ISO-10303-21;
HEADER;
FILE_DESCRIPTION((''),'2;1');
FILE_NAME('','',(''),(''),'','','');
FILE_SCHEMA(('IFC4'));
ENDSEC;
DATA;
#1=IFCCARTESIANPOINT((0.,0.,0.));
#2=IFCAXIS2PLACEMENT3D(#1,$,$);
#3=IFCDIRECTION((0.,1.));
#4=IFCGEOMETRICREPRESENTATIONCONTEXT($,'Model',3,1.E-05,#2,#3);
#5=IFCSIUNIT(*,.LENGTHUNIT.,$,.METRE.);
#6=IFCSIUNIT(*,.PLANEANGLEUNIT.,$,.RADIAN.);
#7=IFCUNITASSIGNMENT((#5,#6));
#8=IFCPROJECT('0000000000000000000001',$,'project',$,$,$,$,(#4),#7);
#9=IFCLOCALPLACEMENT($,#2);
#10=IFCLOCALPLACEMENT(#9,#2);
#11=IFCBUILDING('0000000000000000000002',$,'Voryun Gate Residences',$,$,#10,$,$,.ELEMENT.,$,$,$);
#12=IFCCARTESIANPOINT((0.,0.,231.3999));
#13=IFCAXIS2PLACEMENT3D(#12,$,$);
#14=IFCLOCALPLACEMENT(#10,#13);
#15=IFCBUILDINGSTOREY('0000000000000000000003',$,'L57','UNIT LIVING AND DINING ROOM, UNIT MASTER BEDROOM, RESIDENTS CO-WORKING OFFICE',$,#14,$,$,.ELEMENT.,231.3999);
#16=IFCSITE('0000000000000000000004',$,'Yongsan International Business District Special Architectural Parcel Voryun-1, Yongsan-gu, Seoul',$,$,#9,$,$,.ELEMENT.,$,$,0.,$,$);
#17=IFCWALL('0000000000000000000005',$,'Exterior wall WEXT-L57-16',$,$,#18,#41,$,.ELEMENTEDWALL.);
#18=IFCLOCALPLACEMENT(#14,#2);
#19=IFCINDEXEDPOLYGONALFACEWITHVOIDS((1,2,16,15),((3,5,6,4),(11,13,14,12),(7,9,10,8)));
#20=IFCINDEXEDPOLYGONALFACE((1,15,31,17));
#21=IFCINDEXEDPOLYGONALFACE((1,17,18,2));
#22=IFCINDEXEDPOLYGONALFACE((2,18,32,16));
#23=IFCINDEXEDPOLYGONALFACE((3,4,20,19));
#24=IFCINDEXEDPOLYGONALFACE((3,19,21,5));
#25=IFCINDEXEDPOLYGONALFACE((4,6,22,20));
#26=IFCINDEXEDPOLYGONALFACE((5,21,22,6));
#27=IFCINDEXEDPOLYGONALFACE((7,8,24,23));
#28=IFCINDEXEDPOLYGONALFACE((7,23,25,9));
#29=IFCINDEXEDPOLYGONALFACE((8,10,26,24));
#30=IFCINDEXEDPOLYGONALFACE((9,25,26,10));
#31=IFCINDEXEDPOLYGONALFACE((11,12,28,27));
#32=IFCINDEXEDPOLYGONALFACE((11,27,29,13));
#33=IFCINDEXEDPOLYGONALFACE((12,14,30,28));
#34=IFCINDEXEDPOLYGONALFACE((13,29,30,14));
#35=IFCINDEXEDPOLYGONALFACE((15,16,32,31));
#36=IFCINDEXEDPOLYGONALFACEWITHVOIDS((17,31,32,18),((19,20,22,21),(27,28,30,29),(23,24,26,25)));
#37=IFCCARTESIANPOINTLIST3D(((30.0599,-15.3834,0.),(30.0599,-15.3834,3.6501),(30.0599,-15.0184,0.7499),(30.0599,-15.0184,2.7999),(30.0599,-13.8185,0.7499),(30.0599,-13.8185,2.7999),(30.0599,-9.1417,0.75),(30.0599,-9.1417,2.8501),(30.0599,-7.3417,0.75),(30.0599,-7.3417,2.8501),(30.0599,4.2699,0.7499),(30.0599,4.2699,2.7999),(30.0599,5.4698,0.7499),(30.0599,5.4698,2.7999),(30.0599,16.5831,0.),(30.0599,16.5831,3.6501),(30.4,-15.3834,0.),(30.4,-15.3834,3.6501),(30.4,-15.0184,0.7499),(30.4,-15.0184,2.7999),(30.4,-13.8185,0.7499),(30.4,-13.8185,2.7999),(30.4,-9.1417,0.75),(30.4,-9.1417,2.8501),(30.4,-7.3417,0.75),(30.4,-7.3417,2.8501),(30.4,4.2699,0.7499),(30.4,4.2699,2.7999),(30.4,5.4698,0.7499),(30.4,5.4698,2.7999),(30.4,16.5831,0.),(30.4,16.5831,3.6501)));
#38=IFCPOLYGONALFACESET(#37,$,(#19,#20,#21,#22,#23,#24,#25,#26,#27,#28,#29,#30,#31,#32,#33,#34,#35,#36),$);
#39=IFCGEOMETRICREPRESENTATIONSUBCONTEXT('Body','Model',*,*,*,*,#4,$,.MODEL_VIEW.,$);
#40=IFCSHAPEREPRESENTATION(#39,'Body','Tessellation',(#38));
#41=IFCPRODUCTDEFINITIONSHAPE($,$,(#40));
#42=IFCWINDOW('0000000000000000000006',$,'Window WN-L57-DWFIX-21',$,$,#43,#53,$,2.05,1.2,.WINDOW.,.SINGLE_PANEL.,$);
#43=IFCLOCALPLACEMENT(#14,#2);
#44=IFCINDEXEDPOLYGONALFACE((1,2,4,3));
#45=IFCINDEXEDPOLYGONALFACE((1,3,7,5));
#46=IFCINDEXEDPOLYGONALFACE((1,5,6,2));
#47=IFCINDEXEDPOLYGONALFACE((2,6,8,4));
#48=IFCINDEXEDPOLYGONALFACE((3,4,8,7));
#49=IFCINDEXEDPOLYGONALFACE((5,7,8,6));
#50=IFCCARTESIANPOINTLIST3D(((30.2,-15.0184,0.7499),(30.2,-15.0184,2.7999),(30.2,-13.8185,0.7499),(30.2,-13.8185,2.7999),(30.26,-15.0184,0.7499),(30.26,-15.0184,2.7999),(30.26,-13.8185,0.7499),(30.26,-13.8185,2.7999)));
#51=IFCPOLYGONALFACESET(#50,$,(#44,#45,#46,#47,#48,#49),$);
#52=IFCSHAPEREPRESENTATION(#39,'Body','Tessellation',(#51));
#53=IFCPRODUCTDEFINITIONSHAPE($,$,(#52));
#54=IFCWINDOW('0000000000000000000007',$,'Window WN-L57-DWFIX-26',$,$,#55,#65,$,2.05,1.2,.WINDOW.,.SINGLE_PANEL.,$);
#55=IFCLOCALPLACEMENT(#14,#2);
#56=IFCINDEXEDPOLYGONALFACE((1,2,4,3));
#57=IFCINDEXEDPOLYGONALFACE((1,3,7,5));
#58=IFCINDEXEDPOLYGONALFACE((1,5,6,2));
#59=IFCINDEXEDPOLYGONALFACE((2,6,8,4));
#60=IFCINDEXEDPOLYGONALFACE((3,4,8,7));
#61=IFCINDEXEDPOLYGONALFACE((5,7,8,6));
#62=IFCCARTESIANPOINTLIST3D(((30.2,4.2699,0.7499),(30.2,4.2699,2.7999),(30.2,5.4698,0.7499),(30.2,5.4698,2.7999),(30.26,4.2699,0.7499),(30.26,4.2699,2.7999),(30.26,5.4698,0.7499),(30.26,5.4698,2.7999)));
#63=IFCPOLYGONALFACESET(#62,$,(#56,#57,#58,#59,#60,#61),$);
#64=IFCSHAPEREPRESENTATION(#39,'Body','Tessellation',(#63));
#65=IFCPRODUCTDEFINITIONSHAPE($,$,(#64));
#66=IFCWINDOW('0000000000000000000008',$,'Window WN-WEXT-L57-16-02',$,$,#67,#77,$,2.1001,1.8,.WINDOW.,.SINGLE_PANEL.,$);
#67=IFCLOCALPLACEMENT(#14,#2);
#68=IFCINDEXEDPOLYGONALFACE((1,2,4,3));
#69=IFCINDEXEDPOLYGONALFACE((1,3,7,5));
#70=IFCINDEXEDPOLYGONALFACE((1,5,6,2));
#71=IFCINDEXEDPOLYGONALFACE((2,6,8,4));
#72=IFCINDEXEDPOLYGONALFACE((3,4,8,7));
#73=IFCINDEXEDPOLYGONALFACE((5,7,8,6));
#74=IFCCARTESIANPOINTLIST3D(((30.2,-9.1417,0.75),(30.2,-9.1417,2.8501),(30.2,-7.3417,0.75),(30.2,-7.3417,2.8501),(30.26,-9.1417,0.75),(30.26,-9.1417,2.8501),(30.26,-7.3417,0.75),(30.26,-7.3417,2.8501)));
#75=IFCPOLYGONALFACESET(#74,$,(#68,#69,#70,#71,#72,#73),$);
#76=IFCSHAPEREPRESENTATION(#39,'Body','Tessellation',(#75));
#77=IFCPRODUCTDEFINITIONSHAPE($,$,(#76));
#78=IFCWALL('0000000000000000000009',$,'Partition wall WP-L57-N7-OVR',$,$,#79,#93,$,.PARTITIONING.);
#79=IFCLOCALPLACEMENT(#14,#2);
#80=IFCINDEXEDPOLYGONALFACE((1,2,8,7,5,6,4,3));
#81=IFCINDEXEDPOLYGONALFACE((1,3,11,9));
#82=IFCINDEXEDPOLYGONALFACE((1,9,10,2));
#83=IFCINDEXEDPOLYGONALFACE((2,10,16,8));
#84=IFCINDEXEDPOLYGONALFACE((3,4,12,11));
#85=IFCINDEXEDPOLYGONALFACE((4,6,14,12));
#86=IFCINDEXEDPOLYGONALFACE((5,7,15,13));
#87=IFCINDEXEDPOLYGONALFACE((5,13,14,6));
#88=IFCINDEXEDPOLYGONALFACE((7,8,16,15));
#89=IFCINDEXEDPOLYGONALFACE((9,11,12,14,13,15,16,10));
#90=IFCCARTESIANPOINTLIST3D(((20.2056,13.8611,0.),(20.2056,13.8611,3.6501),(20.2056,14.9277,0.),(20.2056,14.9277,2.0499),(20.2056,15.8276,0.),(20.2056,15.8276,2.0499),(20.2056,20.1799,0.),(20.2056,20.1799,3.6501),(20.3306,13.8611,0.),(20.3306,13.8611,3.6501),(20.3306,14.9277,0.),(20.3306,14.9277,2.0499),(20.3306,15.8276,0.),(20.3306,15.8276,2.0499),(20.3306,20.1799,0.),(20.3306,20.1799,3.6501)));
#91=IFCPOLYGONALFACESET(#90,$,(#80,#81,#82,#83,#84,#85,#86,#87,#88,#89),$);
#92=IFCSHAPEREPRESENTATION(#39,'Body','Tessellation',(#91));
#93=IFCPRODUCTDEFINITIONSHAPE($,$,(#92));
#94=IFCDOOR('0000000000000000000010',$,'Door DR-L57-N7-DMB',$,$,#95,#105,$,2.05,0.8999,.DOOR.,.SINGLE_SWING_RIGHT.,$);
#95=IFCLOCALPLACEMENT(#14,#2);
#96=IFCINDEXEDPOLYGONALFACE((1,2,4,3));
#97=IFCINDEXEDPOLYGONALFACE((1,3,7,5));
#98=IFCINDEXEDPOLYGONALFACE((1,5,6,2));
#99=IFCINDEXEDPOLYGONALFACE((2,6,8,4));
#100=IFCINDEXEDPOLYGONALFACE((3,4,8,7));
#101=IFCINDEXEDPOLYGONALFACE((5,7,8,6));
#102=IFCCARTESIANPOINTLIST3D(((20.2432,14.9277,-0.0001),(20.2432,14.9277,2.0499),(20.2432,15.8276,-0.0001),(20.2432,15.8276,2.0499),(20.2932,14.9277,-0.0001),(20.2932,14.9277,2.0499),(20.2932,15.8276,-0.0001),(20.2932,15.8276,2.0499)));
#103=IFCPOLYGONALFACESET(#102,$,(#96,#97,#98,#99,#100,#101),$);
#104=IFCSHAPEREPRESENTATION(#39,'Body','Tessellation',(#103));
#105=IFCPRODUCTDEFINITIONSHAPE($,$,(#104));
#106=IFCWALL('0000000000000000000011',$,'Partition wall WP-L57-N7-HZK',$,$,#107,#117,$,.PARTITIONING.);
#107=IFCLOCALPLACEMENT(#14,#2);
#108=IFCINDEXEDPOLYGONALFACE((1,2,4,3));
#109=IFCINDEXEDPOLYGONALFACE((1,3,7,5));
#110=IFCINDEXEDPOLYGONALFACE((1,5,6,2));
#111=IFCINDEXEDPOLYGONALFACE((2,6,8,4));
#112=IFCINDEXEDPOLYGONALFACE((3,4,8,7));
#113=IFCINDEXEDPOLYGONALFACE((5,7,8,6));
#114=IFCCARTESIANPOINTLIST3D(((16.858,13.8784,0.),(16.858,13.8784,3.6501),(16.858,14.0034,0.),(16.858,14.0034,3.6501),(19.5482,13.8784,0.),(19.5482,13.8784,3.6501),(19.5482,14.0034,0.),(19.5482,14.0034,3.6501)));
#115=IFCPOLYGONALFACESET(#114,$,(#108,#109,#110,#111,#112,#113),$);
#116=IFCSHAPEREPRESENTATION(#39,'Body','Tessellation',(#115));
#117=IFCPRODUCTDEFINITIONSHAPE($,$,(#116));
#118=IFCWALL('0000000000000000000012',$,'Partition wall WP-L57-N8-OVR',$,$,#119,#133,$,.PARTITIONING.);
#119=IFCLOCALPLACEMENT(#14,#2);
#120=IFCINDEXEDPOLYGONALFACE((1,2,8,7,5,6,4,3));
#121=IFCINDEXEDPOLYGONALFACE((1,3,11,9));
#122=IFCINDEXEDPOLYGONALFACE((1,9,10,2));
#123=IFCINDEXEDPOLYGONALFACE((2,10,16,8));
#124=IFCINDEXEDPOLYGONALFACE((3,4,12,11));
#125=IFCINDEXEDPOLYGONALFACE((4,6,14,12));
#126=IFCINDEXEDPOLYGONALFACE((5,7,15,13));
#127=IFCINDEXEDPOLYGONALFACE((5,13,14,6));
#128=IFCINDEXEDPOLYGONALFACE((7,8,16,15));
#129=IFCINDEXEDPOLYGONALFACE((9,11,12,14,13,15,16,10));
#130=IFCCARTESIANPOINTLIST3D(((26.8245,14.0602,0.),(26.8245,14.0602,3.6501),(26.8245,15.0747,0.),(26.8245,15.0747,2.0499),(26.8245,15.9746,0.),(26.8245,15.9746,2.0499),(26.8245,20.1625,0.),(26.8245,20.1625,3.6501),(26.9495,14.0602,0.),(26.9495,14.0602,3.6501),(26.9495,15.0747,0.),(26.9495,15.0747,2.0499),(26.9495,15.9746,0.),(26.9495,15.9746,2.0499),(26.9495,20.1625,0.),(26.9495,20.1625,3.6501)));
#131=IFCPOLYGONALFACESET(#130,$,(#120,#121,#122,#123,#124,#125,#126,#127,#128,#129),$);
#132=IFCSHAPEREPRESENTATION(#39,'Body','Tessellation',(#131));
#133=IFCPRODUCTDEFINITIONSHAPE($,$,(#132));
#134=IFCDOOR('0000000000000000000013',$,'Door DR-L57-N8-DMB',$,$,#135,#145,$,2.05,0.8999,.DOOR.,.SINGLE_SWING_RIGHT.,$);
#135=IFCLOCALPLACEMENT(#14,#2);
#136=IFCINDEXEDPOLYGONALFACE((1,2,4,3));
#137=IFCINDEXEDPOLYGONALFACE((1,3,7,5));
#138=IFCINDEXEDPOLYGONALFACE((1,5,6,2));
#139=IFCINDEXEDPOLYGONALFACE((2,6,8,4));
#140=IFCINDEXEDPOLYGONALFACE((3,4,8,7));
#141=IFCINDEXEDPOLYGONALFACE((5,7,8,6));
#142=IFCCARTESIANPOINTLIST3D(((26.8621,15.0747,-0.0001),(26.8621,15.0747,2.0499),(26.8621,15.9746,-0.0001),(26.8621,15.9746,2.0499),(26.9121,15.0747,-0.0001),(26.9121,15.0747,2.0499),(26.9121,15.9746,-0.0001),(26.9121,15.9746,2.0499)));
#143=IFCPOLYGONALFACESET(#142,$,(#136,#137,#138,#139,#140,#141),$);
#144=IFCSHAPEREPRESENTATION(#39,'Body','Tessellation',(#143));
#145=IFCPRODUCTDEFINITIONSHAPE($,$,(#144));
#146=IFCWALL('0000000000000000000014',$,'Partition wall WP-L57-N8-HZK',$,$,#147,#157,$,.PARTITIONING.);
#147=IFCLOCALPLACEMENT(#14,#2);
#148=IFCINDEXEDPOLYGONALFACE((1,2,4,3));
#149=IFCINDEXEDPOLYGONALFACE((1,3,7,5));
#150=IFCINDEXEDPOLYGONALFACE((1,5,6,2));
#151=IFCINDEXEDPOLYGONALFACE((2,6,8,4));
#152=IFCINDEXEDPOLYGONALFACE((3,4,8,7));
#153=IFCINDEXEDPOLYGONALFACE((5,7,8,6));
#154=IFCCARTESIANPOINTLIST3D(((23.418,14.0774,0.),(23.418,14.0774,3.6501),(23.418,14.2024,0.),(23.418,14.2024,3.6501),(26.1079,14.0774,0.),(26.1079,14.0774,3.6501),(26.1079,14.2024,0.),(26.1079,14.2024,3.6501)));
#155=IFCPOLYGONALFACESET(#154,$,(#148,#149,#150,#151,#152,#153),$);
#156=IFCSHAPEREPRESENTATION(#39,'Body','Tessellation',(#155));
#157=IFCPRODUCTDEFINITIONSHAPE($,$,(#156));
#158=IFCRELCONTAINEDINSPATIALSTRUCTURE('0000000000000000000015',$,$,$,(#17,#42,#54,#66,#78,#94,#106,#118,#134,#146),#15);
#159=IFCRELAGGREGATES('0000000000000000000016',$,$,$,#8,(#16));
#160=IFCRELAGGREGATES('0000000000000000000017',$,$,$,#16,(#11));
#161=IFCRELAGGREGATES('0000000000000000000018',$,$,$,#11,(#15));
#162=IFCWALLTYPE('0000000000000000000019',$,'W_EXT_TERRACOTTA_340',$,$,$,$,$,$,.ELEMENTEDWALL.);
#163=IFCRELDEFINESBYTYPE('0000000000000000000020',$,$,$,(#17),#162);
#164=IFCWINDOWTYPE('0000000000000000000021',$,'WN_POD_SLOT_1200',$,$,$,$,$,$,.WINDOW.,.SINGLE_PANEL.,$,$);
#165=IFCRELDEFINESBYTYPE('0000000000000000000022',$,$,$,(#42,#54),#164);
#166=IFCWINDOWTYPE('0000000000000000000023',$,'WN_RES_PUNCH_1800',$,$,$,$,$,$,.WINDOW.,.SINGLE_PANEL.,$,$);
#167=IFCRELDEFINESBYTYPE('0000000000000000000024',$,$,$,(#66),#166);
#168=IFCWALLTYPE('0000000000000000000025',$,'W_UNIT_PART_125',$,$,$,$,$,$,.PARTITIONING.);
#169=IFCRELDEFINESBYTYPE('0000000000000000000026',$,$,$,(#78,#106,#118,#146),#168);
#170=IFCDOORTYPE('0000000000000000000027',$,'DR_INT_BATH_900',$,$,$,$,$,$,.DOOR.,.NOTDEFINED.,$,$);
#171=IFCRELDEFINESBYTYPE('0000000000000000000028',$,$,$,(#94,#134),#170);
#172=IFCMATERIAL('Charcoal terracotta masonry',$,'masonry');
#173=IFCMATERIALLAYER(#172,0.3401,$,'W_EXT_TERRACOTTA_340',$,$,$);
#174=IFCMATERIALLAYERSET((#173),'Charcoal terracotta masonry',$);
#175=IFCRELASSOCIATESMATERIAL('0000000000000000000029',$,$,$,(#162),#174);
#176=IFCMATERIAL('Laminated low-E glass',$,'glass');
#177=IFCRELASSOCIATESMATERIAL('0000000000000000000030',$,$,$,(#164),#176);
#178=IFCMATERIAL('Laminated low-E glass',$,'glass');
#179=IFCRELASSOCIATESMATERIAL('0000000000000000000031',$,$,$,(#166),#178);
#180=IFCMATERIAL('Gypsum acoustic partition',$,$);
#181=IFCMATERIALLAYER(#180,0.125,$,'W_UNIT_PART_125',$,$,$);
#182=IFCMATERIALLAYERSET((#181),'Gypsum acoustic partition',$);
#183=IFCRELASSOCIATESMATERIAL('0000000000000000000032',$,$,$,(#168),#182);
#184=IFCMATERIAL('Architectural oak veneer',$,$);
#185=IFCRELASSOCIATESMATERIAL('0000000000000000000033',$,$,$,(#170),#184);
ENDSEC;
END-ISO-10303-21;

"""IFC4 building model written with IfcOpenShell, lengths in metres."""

from ifc_helpers import new_model, si_unit, direction, frame, frame_2d, origin, place, context, subcontext, project, spatial, rectangle, extrude, material, layer, layer_set, type_object, element, fill, save


model = new_model("IFC4")

# Units and contexts
model_context = context("Model", 3, precision=1e-05, world=origin(), true_north=direction((0.0, 1.0)))
body_context = subcontext(model_context, "Body", "Model", "MODEL_VIEW")
ifc_project = project(units=[si_unit("LENGTHUNIT", "METRE"), si_unit("PLANEANGLEUNIT", "RADIAN")], contexts=[model_context])

# Site, building, storey
site_placement = place(None, origin())
site = spatial("IfcSite", under=ifc_project, at=site_placement, Name="Yongsan International Business District Special Architectural Parcel Voryun-1, Yongsan-gu, Seoul", CompositionType="ELEMENT", RefElevation=0.0)
building_placement = place(site_placement, origin())
building = spatial("IfcBuilding", under=site, at=building_placement, Name="Voryun Gate Residences", CompositionType="ELEMENT")
storey_placement = place(building_placement, frame((0.0, 0.0, 231.3999)))
storey = spatial("IfcBuildingStorey", under=building, at=storey_placement, Name="L57", Description="UNIT LIVING AND DINING ROOM, UNIT MASTER BEDROOM, RESIDENTS CO-WORKING OFFICE", CompositionType="ELEMENT", Elevation=231.3999)

# Shared definitions
ifc_material_1 = material(Name="Charcoal terracotta masonry", Category="masonry")
ifc_layer_1 = layer(ifc_material_1, 0.3401, Name="W_EXT_TERRACOTTA_340")
ifc_layer_set_1 = layer_set([ifc_layer_1], Name="Charcoal terracotta masonry")
wall_type_1 = type_object("IfcWallType", Name="W_EXT_TERRACOTTA_340", PredefinedType="ELEMENTEDWALL", material=ifc_layer_set_1)

# Wall, openings, windows
wall_1_placement = place(storey_placement, frame((30.23, 16.5833, 0.0), z_axis=(0.0, 0.0, 1.0), x_axis=(0.0, -1.0, 0.0)))
wall_1 = element("IfcWall", 1, at=wall_1_placement, inside=storey, type_object=wall_type_1, Name="Exterior wall WEXT-L57-16", PredefinedType="ELEMENTEDWALL", context=body_context, shape_type="SweptSolid", body=[
    extrude(rectangle(XDim=31.9666, YDim=0.3401, at=frame_2d((15.9834, 0.0))), origin(), (0.0, 0.0, 1.0), 3.6501),
])
opening_1_placement = place(wall_1_placement, frame((23.925, 0.0, 0.75)))
opening_1 = element("IfcOpeningElement", 2, at=opening_1_placement, cuts=wall_1, PredefinedType="OPENING", context=body_context, shape_type="SweptSolid", body=[
    extrude(rectangle(XDim=1.8, YDim=2.1001, at=frame_2d((0.8999, 1.05))), frame((0.0, 0.1799, 0.0), z_axis=(0.0, -1.0, 0.0), x_axis=(1.0, 0.0, 0.0)), (0.0, 0.0, 1.0), 0.3601),
])
opening_2_placement = place(wall_1_placement, frame((30.4016, 0.0, 0.75)))
opening_2 = element("IfcOpeningElement", 3, at=opening_2_placement, cuts=wall_1, PredefinedType="OPENING", context=body_context, shape_type="SweptSolid", body=[
    extrude(rectangle(XDim=1.2, YDim=2.05, at=frame_2d((0.6001, 1.0249))), frame((0.0, 0.1799, 0.0), z_axis=(0.0, -1.0, 0.0), x_axis=(1.0, 0.0, 0.0)), (0.0, 0.0, 1.0), 0.3601),
])
opening_3_placement = place(wall_1_placement, frame((11.1133, 0.0, 0.75)))
opening_3 = element("IfcOpeningElement", 4, at=opening_3_placement, cuts=wall_1, PredefinedType="OPENING", context=body_context, shape_type="SweptSolid", body=[
    extrude(rectangle(XDim=1.2, YDim=2.05, at=frame_2d((0.6001, 1.0249))), frame((0.0, 0.1799, 0.0), z_axis=(0.0, -1.0, 0.0), x_axis=(1.0, 0.0, 0.0)), (0.0, 0.0, 1.0), 0.3601),
])
ifc_material_2 = material(Name="Laminated low-E glass", Category="glass")
window_type_1 = type_object("IfcWindowType", Name="WN_POD_SLOT_1200", PartitioningType="SINGLE_PANEL", PredefinedType="WINDOW", material=ifc_material_2)
window_1_placement = place(opening_2_placement, origin())
window_1 = element("IfcWindow", 5, at=window_1_placement, inside=storey, type_object=window_type_1, Name="Window WN-L57-DWFIX-21", OverallHeight=2.05, OverallWidth=1.2, PartitioningType="SINGLE_PANEL", PredefinedType="WINDOW", context=body_context, shape_type="SweptSolid", body=[
    extrude(rectangle(XDim=1.2, YDim=2.05, at=frame_2d((0.6001, 1.0249))), frame((0.0, 0.03, 0.0), z_axis=(0.0, -1.0, 0.0), x_axis=(1.0, 0.0, 0.0)), (0.0, 0.0, 1.0), 0.0601),
])
fill(opening_2, window_1)
window_2_placement = place(opening_3_placement, origin())
window_2 = element("IfcWindow", 6, at=window_2_placement, inside=storey, type_object=window_type_1, Name="Window WN-L57-DWFIX-26", OverallHeight=2.05, OverallWidth=1.2, PartitioningType="SINGLE_PANEL", PredefinedType="WINDOW", context=body_context, shape_type="SweptSolid", body=[
    extrude(rectangle(XDim=1.2, YDim=2.05, at=frame_2d((0.6001, 1.0249))), frame((0.0, 0.03, 0.0), z_axis=(0.0, -1.0, 0.0), x_axis=(1.0, 0.0, 0.0)), (0.0, 0.0, 1.0), 0.0601),
])
fill(opening_3, window_2)
ifc_material_3 = material(Name="Laminated low-E glass", Category="glass")
window_type_2 = type_object("IfcWindowType", Name="WN_RES_PUNCH_1800", PartitioningType="SINGLE_PANEL", PredefinedType="WINDOW", material=ifc_material_3)
window_3_placement = place(opening_1_placement, origin())
window_3 = element("IfcWindow", 7, at=window_3_placement, inside=storey, type_object=window_type_2, Name="Window WN-WEXT-L57-16-02", OverallHeight=2.1001, OverallWidth=1.8, PartitioningType="SINGLE_PANEL", PredefinedType="WINDOW", context=body_context, shape_type="SweptSolid", body=[
    extrude(rectangle(XDim=1.8, YDim=2.1001, at=frame_2d((0.8999, 1.05))), frame((0.0, 0.03, 0.0), z_axis=(0.0, -1.0, 0.0), x_axis=(1.0, 0.0, 0.0)), (0.0, 0.0, 1.0), 0.0601),
])
fill(opening_1, window_3)

# Wall, opening, door
ifc_material_4 = material(Name="Gypsum acoustic partition")
ifc_layer_2 = layer(ifc_material_4, 0.125, Name="W_UNIT_PART_125")
ifc_layer_set_2 = layer_set([ifc_layer_2], Name="Gypsum acoustic partition")
wall_type_2 = type_object("IfcWallType", Name="W_UNIT_PART_125", PredefinedType="PARTITIONING", material=ifc_layer_set_2)
wall_2_placement = place(storey_placement, frame((20.2681, 13.8611, 0.0), z_axis=(0.0, 0.0, 1.0), x_axis=(0.0, 1.0, 0.0)))
wall_2 = element("IfcWall", 8, at=wall_2_placement, inside=storey, type_object=wall_type_2, Name="Partition wall WP-L57-N7-OVR", PredefinedType="PARTITIONING", context=body_context, shape_type="SweptSolid", body=[
    extrude(rectangle(XDim=6.3188, YDim=0.125, at=frame_2d((3.1594, 0.0))), origin(), (0.0, 0.0, 1.0), 3.6501),
])
opening_4_placement = place(wall_2_placement, frame((1.0667, 0.0, 0.0)))
opening_4 = element("IfcOpeningElement", 9, at=opening_4_placement, cuts=wall_2, PredefinedType="OPENING", context=body_context, shape_type="SweptSolid", body=[
    extrude(rectangle(XDim=0.8999, YDim=2.05, at=frame_2d((0.45, 1.0249))), frame((0.0, 0.0725, 0.0), z_axis=(0.0, -1.0, 0.0), x_axis=(1.0, 0.0, 0.0)), (0.0, 0.0, 1.0), 0.145),
])
ifc_material_5 = material(Name="Architectural oak veneer")
door_type = type_object("IfcDoorType", Name="DR_INT_BATH_900", OperationType="NOTDEFINED", PredefinedType="DOOR", material=ifc_material_5)
door_1_placement = place(opening_4_placement, origin())
door_1 = element("IfcDoor", 10, at=door_1_placement, inside=storey, type_object=door_type, Name="Door DR-L57-N7-DMB", OperationType="SINGLE_SWING_RIGHT", OverallHeight=2.05, OverallWidth=0.8999, PredefinedType="DOOR", context=body_context, shape_type="SweptSolid", body=[
    extrude(rectangle(XDim=0.8999, YDim=2.05, at=frame_2d((0.45, 1.0249))), frame((0.0, 0.0249, 0.0), z_axis=(0.0, -1.0, 0.0), x_axis=(1.0, 0.0, 0.0)), (0.0, 0.0, 1.0), 0.05),
])
fill(opening_4, door_1)

# Wall
wall_3_placement = place(storey_placement, frame((16.8579, 13.9409, 0.0), z_axis=(0.0, 0.0, 1.0), x_axis=(1.0, 0.0, 0.0)))
element("IfcWall", 11, at=wall_3_placement, inside=storey, type_object=wall_type_2, Name="Partition wall WP-L57-N7-HZK", PredefinedType="PARTITIONING", context=body_context, shape_type="SweptSolid", body=[
    extrude(rectangle(XDim=2.6902, YDim=0.125, at=frame_2d((1.3452, 0.0))), origin(), (0.0, 0.0, 1.0), 3.6501),
])

# Wall, opening, door
wall_4_placement = place(storey_placement, frame((26.887, 14.0601, 0.0), z_axis=(0.0, 0.0, 1.0), x_axis=(0.0, 1.0, 0.0)))
wall_4 = element("IfcWall", 12, at=wall_4_placement, inside=storey, type_object=wall_type_2, Name="Partition wall WP-L57-N8-OVR", PredefinedType="PARTITIONING", context=body_context, shape_type="SweptSolid", body=[
    extrude(rectangle(XDim=6.1023, YDim=0.125, at=frame_2d((3.0513, 0.0))), origin(), (0.0, 0.0, 1.0), 3.6501),
])
opening_5_placement = place(wall_4_placement, frame((1.0146, 0.0, 0.0)))
opening_5 = element("IfcOpeningElement", 13, at=opening_5_placement, cuts=wall_4, PredefinedType="OPENING", context=body_context, shape_type="SweptSolid", body=[
    extrude(rectangle(XDim=0.8999, YDim=2.05, at=frame_2d((0.45, 1.0249))), frame((0.0, 0.0725, 0.0), z_axis=(0.0, -1.0, 0.0), x_axis=(1.0, 0.0, 0.0)), (0.0, 0.0, 1.0), 0.145),
])
door_2_placement = place(opening_5_placement, origin())
door_2 = element("IfcDoor", 14, at=door_2_placement, inside=storey, type_object=door_type, Name="Door DR-L57-N8-DMB", OperationType="SINGLE_SWING_RIGHT", OverallHeight=2.05, OverallWidth=0.8999, PredefinedType="DOOR", context=body_context, shape_type="SweptSolid", body=[
    extrude(rectangle(XDim=0.8999, YDim=2.05, at=frame_2d((0.45, 1.0249))), frame((0.0, 0.0249, 0.0), z_axis=(0.0, -1.0, 0.0), x_axis=(1.0, 0.0, 0.0)), (0.0, 0.0, 1.0), 0.05),
])
fill(opening_5, door_2)

# Wall
wall_5_placement = place(storey_placement, frame((23.418, 14.1399, 0.0), z_axis=(0.0, 0.0, 1.0), x_axis=(1.0, 0.0, 0.0)))
element("IfcWall", 15, at=wall_5_placement, inside=storey, type_object=wall_type_2, Name="Partition wall WP-L57-N8-HZK", PredefinedType="PARTITIONING", context=body_context, shape_type="SweptSolid", body=[
    extrude(rectangle(XDim=2.6899, YDim=0.125, at=frame_2d((1.345, 0.0))), origin(), (0.0, 0.0, 1.0), 3.6501),
])

save(model, "model.ifc")
